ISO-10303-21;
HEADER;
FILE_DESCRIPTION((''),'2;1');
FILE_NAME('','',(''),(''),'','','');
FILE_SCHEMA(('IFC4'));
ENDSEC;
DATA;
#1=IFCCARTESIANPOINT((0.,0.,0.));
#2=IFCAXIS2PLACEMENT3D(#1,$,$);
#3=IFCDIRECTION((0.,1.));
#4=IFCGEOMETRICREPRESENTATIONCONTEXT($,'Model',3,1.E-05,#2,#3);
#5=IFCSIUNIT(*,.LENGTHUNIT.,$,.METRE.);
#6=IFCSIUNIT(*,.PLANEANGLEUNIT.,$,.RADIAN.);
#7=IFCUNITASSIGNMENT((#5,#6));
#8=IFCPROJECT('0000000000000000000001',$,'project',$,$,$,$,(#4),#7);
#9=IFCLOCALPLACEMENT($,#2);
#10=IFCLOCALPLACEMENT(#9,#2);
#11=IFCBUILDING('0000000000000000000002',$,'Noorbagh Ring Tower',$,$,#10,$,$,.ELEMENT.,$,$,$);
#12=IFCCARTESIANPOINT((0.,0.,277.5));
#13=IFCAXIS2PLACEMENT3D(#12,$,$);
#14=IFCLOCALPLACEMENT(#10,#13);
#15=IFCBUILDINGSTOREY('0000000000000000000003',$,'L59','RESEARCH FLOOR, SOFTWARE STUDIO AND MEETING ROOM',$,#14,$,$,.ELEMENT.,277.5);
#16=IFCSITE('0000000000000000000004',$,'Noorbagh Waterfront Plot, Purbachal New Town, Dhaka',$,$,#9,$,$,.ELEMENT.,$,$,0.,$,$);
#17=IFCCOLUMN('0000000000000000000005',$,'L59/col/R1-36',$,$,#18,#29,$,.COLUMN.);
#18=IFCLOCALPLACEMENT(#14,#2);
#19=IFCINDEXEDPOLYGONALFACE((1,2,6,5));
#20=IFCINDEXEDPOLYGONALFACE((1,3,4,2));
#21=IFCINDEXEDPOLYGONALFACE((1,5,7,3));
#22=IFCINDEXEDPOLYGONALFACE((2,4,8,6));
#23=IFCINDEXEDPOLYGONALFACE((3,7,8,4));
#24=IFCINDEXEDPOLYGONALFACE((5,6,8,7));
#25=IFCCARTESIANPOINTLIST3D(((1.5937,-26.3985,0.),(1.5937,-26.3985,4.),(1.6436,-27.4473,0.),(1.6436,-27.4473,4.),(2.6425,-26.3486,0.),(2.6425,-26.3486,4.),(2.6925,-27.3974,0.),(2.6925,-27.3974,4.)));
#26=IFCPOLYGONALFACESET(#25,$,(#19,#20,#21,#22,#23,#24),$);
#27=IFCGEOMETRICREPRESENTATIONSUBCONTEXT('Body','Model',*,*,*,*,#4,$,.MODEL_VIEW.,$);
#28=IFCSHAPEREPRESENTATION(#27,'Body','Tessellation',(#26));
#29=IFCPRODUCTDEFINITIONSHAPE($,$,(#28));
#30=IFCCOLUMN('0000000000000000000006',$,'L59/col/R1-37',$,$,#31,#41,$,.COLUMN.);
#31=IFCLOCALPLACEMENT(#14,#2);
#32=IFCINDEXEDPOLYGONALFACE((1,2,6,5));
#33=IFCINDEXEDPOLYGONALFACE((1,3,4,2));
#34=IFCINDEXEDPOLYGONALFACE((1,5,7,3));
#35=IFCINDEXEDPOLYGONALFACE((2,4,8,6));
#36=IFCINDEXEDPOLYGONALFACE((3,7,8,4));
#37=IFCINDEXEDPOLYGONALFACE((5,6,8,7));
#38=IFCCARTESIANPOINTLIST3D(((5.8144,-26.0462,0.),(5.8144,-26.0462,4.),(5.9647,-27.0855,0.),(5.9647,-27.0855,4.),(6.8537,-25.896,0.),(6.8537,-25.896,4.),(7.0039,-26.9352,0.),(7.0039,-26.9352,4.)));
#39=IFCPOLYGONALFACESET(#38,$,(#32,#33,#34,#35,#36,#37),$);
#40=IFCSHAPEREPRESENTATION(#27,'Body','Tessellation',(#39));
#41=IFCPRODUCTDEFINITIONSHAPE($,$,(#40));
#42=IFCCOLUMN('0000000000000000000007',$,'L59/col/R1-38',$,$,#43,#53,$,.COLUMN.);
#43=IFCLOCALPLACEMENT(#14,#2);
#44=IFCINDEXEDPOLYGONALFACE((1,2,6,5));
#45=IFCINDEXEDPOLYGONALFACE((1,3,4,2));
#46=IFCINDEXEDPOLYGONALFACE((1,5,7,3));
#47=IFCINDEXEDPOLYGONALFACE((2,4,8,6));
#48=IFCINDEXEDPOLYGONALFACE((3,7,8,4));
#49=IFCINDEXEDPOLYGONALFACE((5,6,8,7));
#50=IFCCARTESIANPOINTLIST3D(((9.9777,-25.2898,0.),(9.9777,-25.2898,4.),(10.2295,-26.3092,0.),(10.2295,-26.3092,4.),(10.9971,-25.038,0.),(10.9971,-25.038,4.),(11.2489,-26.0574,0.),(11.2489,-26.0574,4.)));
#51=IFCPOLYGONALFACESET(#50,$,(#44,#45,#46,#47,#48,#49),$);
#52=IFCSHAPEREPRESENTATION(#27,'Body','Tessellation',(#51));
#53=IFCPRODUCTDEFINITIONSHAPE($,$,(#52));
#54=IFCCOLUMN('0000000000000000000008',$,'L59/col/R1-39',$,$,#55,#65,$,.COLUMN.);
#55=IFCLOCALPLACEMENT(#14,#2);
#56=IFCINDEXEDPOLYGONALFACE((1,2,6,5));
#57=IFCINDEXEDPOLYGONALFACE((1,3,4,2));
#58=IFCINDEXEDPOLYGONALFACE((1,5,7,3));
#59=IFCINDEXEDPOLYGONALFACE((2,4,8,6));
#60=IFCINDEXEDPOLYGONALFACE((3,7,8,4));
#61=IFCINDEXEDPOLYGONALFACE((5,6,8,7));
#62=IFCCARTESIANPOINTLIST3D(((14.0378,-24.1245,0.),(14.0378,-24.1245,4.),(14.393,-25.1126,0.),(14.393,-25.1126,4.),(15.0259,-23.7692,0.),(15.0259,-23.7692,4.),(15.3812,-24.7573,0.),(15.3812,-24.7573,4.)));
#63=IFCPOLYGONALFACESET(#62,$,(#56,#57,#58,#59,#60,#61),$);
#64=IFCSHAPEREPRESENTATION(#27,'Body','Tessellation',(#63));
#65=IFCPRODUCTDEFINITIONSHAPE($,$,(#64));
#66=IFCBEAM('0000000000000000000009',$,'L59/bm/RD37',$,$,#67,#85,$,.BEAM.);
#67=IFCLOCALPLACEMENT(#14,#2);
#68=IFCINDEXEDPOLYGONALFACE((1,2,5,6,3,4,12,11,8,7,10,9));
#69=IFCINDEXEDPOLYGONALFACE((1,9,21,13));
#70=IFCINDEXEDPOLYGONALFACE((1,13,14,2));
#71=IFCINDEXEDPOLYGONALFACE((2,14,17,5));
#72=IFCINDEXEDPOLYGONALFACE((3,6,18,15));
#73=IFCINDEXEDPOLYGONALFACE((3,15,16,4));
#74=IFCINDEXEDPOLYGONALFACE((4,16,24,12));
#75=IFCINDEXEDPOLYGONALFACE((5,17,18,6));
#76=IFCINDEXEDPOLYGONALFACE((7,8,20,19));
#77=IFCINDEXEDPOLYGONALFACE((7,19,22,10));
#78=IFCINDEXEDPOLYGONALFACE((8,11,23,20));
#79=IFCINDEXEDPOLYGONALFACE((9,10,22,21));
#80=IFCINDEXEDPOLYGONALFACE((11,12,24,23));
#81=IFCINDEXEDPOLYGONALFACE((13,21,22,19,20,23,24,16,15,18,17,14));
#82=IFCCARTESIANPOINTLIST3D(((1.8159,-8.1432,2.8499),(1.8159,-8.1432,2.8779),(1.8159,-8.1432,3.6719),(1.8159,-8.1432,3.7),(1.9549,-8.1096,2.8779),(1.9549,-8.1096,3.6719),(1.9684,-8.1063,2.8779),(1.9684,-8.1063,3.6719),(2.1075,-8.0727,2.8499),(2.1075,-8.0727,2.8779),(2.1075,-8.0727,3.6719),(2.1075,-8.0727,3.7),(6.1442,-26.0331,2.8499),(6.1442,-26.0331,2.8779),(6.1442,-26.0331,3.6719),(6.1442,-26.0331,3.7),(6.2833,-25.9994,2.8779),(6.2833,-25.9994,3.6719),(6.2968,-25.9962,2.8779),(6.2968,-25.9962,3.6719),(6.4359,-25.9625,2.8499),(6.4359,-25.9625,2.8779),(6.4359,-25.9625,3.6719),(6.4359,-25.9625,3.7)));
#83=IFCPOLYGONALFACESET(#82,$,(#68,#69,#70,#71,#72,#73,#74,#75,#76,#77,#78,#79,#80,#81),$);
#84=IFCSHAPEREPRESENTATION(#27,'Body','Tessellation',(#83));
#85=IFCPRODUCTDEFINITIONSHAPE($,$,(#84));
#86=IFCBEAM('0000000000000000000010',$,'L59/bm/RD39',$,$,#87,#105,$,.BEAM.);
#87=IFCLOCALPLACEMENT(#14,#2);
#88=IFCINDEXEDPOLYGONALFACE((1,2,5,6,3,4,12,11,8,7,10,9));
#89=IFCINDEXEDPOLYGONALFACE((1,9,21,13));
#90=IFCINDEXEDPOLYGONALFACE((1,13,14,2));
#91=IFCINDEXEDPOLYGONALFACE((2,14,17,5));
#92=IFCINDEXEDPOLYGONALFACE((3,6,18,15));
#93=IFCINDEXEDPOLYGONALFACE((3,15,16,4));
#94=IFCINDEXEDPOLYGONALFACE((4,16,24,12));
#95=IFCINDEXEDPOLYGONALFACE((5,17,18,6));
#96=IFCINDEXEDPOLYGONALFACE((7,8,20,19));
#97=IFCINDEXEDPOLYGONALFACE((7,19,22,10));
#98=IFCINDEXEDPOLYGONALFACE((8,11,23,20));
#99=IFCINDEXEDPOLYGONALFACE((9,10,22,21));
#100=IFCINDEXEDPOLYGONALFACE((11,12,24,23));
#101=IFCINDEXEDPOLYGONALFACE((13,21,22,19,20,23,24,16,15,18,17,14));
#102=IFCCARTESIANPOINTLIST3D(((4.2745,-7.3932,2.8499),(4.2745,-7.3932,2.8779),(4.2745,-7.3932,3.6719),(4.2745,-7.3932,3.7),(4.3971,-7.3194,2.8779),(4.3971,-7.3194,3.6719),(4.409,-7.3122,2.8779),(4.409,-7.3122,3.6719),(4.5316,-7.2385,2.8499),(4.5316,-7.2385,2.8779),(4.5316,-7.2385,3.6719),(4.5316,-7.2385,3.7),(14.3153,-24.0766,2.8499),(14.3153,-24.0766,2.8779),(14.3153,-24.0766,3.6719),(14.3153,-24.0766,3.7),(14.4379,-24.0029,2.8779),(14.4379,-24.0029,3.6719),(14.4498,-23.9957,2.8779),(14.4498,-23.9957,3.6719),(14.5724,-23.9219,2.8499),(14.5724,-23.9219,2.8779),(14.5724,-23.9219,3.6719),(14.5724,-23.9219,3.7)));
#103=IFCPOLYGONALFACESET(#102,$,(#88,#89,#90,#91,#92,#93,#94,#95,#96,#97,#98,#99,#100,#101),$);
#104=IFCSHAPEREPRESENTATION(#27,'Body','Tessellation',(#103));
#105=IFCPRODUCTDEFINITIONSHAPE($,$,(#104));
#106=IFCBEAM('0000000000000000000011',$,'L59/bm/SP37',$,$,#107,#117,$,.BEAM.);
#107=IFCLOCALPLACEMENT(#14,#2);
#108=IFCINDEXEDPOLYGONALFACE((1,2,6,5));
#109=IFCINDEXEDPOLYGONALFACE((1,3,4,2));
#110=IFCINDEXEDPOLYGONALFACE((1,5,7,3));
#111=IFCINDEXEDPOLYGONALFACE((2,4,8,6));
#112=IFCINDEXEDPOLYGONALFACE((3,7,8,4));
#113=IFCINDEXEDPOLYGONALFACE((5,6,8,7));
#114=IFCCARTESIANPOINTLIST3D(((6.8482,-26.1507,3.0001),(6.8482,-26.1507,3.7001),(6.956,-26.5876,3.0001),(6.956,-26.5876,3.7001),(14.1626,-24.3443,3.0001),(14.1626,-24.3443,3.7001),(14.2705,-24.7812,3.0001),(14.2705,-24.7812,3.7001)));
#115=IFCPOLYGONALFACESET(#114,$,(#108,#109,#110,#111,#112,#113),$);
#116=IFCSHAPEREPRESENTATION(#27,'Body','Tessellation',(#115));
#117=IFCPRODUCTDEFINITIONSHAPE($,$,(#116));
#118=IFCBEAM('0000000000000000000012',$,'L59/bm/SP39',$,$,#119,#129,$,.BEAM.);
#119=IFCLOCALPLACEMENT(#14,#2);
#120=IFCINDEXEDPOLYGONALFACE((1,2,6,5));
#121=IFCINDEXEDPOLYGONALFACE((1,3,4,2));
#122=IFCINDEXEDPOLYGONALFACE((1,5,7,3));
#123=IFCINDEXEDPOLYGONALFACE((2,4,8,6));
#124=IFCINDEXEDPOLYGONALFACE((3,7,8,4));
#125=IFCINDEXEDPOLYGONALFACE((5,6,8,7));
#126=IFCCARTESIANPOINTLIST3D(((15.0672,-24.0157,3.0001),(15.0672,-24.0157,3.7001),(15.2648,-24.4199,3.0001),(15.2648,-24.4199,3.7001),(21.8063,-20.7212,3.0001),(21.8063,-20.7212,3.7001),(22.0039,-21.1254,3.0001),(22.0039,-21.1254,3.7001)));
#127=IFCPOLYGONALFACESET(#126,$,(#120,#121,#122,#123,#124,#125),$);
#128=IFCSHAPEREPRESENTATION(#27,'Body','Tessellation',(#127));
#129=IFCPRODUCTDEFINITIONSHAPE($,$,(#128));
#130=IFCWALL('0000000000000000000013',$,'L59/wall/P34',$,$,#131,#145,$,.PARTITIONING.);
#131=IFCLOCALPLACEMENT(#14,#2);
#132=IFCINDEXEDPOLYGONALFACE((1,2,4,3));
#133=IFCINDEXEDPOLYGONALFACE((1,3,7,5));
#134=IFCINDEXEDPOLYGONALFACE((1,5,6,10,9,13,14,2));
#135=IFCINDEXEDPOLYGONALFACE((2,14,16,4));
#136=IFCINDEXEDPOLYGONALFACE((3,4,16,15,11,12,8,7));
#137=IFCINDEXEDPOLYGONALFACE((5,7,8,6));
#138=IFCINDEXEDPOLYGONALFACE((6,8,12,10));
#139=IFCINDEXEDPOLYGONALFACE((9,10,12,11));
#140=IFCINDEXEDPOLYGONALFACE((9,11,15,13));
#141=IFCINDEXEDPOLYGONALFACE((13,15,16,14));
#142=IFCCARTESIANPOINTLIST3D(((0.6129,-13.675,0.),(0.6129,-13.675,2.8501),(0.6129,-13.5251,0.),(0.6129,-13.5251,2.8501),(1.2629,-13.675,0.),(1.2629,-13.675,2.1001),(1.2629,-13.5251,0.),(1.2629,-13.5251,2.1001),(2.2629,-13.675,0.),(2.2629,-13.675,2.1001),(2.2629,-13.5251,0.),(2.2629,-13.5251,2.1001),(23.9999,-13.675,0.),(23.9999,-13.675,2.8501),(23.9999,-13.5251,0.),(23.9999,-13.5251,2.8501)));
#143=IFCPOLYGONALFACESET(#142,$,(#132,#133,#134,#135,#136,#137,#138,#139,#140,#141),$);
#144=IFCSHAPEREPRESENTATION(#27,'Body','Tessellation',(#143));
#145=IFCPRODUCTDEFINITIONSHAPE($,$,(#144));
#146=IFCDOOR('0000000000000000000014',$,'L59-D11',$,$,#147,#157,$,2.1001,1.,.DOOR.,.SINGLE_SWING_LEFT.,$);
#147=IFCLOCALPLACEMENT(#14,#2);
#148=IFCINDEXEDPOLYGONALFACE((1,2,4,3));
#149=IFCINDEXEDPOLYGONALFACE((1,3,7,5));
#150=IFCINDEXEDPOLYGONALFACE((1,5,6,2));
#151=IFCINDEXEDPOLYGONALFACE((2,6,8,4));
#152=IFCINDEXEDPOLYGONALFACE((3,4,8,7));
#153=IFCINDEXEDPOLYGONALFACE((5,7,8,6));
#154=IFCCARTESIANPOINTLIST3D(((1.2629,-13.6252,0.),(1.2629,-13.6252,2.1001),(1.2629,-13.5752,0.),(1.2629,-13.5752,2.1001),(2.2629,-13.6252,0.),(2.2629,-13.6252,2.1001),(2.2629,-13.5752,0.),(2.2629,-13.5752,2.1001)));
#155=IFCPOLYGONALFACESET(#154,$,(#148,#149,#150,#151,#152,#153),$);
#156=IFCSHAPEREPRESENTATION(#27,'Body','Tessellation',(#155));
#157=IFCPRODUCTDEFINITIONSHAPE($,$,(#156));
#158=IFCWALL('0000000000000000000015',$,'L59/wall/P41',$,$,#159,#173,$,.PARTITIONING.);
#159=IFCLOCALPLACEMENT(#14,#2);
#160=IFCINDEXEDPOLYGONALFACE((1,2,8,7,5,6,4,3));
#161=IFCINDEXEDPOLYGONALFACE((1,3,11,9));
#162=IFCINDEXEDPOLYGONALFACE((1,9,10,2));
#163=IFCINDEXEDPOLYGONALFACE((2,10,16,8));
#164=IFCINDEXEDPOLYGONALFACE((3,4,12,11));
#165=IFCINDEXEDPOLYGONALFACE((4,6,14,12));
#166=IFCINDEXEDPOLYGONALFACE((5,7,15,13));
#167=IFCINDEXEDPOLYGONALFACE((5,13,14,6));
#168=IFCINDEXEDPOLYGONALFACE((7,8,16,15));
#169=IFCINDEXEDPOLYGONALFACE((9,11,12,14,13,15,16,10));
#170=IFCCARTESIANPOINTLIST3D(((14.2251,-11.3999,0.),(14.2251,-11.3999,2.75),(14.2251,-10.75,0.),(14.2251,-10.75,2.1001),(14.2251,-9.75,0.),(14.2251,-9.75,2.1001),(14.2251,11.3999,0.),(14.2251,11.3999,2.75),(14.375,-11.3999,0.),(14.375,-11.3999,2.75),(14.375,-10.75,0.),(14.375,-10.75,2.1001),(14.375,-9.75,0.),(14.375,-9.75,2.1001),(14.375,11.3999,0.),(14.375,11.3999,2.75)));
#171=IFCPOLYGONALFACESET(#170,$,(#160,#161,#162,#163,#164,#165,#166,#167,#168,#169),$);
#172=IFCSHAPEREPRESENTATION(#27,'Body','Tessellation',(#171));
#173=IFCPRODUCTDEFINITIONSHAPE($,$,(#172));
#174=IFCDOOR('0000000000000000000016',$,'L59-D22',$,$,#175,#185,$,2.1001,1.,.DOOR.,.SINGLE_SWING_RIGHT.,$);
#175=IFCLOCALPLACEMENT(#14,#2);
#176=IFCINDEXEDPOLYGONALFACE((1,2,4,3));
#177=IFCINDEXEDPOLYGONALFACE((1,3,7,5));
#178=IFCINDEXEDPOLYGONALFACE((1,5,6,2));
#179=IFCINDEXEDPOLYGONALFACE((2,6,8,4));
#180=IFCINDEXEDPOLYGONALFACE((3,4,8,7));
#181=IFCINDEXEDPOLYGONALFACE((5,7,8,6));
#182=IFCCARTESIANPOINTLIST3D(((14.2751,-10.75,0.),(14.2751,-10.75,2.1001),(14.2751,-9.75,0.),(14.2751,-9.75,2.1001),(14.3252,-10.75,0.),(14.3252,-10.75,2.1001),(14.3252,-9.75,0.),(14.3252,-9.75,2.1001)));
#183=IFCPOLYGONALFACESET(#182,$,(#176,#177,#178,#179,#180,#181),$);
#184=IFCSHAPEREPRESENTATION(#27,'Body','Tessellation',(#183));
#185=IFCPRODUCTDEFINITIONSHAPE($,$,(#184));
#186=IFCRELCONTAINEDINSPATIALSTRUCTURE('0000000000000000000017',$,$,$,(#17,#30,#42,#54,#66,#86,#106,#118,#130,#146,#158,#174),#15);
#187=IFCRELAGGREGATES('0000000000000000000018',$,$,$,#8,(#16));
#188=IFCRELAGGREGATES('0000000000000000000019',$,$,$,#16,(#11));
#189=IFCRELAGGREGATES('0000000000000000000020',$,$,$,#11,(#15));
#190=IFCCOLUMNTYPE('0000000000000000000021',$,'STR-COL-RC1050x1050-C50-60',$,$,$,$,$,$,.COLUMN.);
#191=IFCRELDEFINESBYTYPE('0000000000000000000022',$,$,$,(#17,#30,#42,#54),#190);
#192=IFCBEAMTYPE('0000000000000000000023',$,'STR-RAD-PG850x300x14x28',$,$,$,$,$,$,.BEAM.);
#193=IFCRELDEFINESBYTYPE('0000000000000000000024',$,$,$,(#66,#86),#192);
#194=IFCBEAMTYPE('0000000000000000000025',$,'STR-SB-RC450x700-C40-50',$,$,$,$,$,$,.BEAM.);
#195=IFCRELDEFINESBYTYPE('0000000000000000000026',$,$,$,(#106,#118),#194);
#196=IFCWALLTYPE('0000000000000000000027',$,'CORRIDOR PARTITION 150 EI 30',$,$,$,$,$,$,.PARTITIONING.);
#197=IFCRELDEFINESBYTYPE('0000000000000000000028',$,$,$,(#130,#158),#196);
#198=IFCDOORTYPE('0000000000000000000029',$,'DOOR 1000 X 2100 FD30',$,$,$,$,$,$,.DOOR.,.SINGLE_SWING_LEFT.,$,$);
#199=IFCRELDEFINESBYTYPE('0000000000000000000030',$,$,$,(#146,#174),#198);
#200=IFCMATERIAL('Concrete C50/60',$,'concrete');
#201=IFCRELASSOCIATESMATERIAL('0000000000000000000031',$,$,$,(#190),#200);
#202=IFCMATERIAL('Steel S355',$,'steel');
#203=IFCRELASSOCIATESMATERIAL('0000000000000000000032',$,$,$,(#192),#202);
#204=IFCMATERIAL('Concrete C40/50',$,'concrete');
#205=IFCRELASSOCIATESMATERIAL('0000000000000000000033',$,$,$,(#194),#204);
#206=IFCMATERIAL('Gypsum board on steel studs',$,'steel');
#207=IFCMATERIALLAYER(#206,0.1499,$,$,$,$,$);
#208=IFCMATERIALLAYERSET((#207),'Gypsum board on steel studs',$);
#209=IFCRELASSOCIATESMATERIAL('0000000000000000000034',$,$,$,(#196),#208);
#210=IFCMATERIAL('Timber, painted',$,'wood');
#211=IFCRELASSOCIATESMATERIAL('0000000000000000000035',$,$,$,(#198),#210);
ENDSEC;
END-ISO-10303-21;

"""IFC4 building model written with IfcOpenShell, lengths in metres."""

from ifc_helpers import new_model, si_unit, direction, frame, frame_2d, origin, origin_2d, place, context, subcontext, project, spatial, rectangle, i_section, extrude, material, layer, layer_set, material_profile, profile_set, type_object, element, fill, save


model = new_model("IFC4")

# Units and contexts
model_context = context("Model", 3, precision=1e-05, world=origin(), true_north=direction((0.0, 1.0)))
body_context = subcontext(model_context, "Body", "Model", "MODEL_VIEW")
ifc_project = project(units=[si_unit("LENGTHUNIT", "METRE"), si_unit("PLANEANGLEUNIT", "RADIAN")], contexts=[model_context])

# Site, building, storey
site_placement = place(None, origin())
site = spatial("IfcSite", under=ifc_project, at=site_placement, Name="Noorbagh Waterfront Plot, Purbachal New Town, Dhaka", CompositionType="ELEMENT", RefElevation=0.0)
building_placement = place(site_placement, origin())
building = spatial("IfcBuilding", under=site, at=building_placement, Name="Noorbagh Ring Tower", CompositionType="ELEMENT")
storey_placement = place(building_placement, frame((0.0, 0.0, 277.5)))
storey = spatial("IfcBuildingStorey", under=building, at=storey_placement, Name="L59", Description="RESEARCH FLOOR, SOFTWARE STUDIO AND MEETING ROOM", CompositionType="ELEMENT", Elevation=277.5)

# Columns
ifc_material_1 = material(Name="Concrete C50/60", Category="concrete")
ifc_material_profile_1 = material_profile(ifc_material_1, rectangle(XDim=1.05, YDim=1.05, at=origin_2d()), Name="RC1050x1050")
ifc_profile_set_1 = profile_set([ifc_material_profile_1], Name="Concrete C50/60")
column_type = type_object("IfcColumnType", Name="STR-COL-RC1050x1050-C50-60", PredefinedType="COLUMN", material=ifc_profile_set_1)
for number, where, z_axis, x_axis, name in (
    (1, (2.1431, -26.8979, 0.0), (0.0, 0.0, 1.0), (0.998869, 0.047553, 0.0), "L59/col/R1-36"),
    (2, (6.4092, -26.4907, 0.0), (0.0, 0.0, 1.0), (0.989713, 0.143066, 0.0), "L59/col/R1-37"),
    (3, (10.6133, -25.6736, 0.0), (0.0, 0.0, 1.0), (0.970829, 0.239771, 0.0), "L59/col/R1-38"),
    (4, (14.7095, -24.4409, 0.0), (0.0, 0.0, 1.0), (0.941025, 0.338338, 0.0), "L59/col/R1-39"),
):
    element("IfcColumn", number, at=place(storey_placement, frame(where, z_axis=z_axis, x_axis=x_axis)), inside=storey, type_object=column_type, Name=name, PredefinedType="COLUMN", context=body_context, shape_type="SweptSolid", body=[
        extrude(rectangle(XDim=1.05, YDim=1.05, at=origin_2d()), origin(), (0.0, 0.0, 1.0), 4.0),
    ])

# Beams
ifc_material_2 = material(Name="Steel S355", Category="steel")
ifc_material_profile_2 = material_profile(ifc_material_2, i_section(OverallWidth=0.3, OverallDepth=0.8501, WebThickness=0.0139, FlangeThickness=0.0281, at=origin_2d()), Name="PG850x300x14x28")
ifc_profile_set_2 = profile_set([ifc_material_profile_2], Name="Steel S355")
beam_type_1 = type_object("IfcBeamType", Name="STR-RAD-PG850x300x14x28", PredefinedType="BEAM", material=ifc_profile_set_2)
beam_1_placement = place(storey_placement, frame((6.29, -25.9978, 3.2749), z_axis=(-0.23516, 0.971957, 0.0), x_axis=(-0.971957, -0.23516, 0.0)))
element("IfcBeam", 5, at=beam_1_placement, inside=storey, type_object=beam_type_1, Name="L59/bm/RD37", PredefinedType="BEAM", context=body_context, shape_type="SweptSolid", body=[
    extrude(i_section(OverallWidth=0.3, OverallDepth=0.8501, WebThickness=0.0139, FlangeThickness=0.0281, at=origin_2d()), origin(), (0.0, 0.0, 1.0), 18.406),
])
beam_2_placement = place(storey_placement, frame((14.4438, -23.9993, 3.2749), z_axis=(-0.515657, 0.856795, 0.0), x_axis=(-0.856795, -0.515657, 0.0)))
element("IfcBeam", 6, at=beam_2_placement, inside=storey, type_object=beam_type_1, Name="L59/bm/RD39", PredefinedType="BEAM", context=body_context, shape_type="SweptSolid", body=[
    extrude(i_section(OverallWidth=0.3, OverallDepth=0.8501, WebThickness=0.0139, FlangeThickness=0.0281, at=origin_2d()), origin(), (0.0, 0.0, 1.0), 19.4719),
])
ifc_material_3 = material(Name="Concrete C40/50", Category="concrete")
ifc_material_profile_3 = material_profile(ifc_material_3, rectangle(XDim=0.45, YDim=0.7, at=origin_2d()), Name="RC450x700")
ifc_profile_set_3 = profile_set([ifc_material_profile_3], Name="Concrete C40/50")
beam_type_2 = type_object("IfcBeamType", Name="STR-SB-RC450x700-C40-50", PredefinedType="BEAM", material=ifc_profile_set_3)
beam_3_placement = place(storey_placement, frame((6.9021, -26.3691, 3.3501), z_axis=(0.970832, 0.239759, 0.0), x_axis=(-0.239759, 0.970832, 0.0)))
element("IfcBeam", 7, at=beam_3_placement, inside=storey, type_object=beam_type_2, Name="L59/bm/SP37", PredefinedType="BEAM", context=body_context, shape_type="SweptSolid", body=[
    extrude(rectangle(XDim=0.45, YDim=0.7, at=origin_2d()), origin(), (0.0, 0.0, 1.0), 7.5342),
])
beam_4_placement = place(storey_placement, frame((15.166, -24.2178, 3.3501), z_axis=(0.898395, 0.439189, 0.0), x_axis=(-0.439189, 0.898395, 0.0)))
element("IfcBeam", 8, at=beam_4_placement, inside=storey, type_object=beam_type_2, Name="L59/bm/SP39", PredefinedType="BEAM", context=body_context, shape_type="SweptSolid", body=[
    extrude(rectangle(XDim=0.45, YDim=0.7, at=origin_2d()), origin(), (0.0, 0.0, 1.0), 7.5012),
])

# Walls, openings, doors
ifc_material_4 = material(Name="Gypsum board on steel studs", Category="steel")
ifc_layer_1 = layer(ifc_material_4, 0.1499)
ifc_layer_set_1 = layer_set([ifc_layer_1], Name="Gypsum board on steel studs")
wall_type_1 = type_object("IfcWallType", Name="CORRIDOR PARTITION 150 EI 30", PredefinedType="PARTITIONING", material=ifc_layer_set_1)
wall_1_placement = place(storey_placement, frame((0.613, -13.6001, 0.0), z_axis=(0.0, 0.0, 1.0), x_axis=(1.0, 0.0, 0.0)))
wall_1 = element("IfcWall", 9, at=wall_1_placement, inside=storey, type_object=wall_type_1, Name="L59/wall/P34", PredefinedType="PARTITIONING", context=body_context, shape_type="SweptSolid", body=[
    extrude(rectangle(XDim=23.387, YDim=0.1499, at=frame_2d((11.6934, 0.0))), origin(), (0.0, 0.0, 1.0), 2.8501),
])
opening_1_placement = place(wall_1_placement, frame((0.6499, 0.0, 0.0)))
opening_1 = element("IfcOpeningElement", 10, at=opening_1_placement, cuts=wall_1, PredefinedType="OPENING", context=body_context, shape_type="SweptSolid", body=[
    extrude(rectangle(XDim=1.0, YDim=2.1001, at=frame_2d((0.5, 1.05))), frame((0.0, 0.085, 0.0), z_axis=(0.0, -1.0, 0.0), x_axis=(1.0, 0.0, 0.0)), (0.0, 0.0, 1.0), 0.1699),
])
ifc_material_5 = material(Name="Timber, painted", Category="wood")
door_type_1 = type_object("IfcDoorType", Name="DOOR 1000 X 2100 FD30", OperationType="SINGLE_SWING_LEFT", PredefinedType="DOOR", material=ifc_material_5)
door_1_placement = place(opening_1_placement, origin())
door_1 = element("IfcDoor", 11, at=door_1_placement, inside=storey, type_object=door_type_1, Name="L59-D11", OperationType="SINGLE_SWING_LEFT", OverallHeight=2.1001, OverallWidth=1.0, PredefinedType="DOOR", context=body_context, shape_type="SweptSolid", body=[
    extrude(rectangle(XDim=1.0, YDim=2.1001, at=frame_2d((0.5, 1.05))), frame((0.0, 0.0249, 0.0), z_axis=(0.0, -1.0, 0.0), x_axis=(1.0, 0.0, 0.0)), (0.0, 0.0, 1.0), 0.05),
])
fill(opening_1, door_1)
wall_2_placement = place(storey_placement, frame((14.3, -11.3999, 0.0), z_axis=(0.0, 0.0, 1.0), x_axis=(0.0, 1.0, 0.0)))
wall_2 = element("IfcWall", 12, at=wall_2_placement, inside=storey, type_object=wall_type_1, Name="L59/wall/P41", PredefinedType="PARTITIONING", context=body_context, shape_type="SweptSolid", body=[
    extrude(rectangle(XDim=22.7998, YDim=0.1499, at=frame_2d((11.3999, 0.0))), origin(), (0.0, 0.0, 1.0), 2.75),
])
opening_2_placement = place(wall_2_placement, frame((0.6499, 0.0, 0.0)))
opening_2 = element("IfcOpeningElement", 13, at=opening_2_placement, cuts=wall_2, PredefinedType="OPENING", context=body_context, shape_type="SweptSolid", body=[
    extrude(rectangle(XDim=1.0, YDim=2.1001, at=frame_2d((0.5, 1.05))), frame((0.0, 0.085, 0.0), z_axis=(0.0, -1.0, 0.0), x_axis=(1.0, 0.0, 0.0)), (0.0, 0.0, 1.0), 0.1699),
])
door_2_placement = place(opening_2_placement, origin())
door_2 = element("IfcDoor", 14, at=door_2_placement, inside=storey, type_object=door_type_1, Name="L59-D22", OperationType="SINGLE_SWING_RIGHT", OverallHeight=2.1001, OverallWidth=1.0, PredefinedType="DOOR", context=body_context, shape_type="SweptSolid", body=[
    extrude(rectangle(XDim=1.0, YDim=2.1001, at=frame_2d((0.5, 1.05))), frame((0.0, 0.0249, 0.0), z_axis=(0.0, -1.0, 0.0), x_axis=(1.0, 0.0, 0.0)), (0.0, 0.0, 1.0), 0.05),
])
fill(opening_2, door_2)

save(model, "model.ifc")
